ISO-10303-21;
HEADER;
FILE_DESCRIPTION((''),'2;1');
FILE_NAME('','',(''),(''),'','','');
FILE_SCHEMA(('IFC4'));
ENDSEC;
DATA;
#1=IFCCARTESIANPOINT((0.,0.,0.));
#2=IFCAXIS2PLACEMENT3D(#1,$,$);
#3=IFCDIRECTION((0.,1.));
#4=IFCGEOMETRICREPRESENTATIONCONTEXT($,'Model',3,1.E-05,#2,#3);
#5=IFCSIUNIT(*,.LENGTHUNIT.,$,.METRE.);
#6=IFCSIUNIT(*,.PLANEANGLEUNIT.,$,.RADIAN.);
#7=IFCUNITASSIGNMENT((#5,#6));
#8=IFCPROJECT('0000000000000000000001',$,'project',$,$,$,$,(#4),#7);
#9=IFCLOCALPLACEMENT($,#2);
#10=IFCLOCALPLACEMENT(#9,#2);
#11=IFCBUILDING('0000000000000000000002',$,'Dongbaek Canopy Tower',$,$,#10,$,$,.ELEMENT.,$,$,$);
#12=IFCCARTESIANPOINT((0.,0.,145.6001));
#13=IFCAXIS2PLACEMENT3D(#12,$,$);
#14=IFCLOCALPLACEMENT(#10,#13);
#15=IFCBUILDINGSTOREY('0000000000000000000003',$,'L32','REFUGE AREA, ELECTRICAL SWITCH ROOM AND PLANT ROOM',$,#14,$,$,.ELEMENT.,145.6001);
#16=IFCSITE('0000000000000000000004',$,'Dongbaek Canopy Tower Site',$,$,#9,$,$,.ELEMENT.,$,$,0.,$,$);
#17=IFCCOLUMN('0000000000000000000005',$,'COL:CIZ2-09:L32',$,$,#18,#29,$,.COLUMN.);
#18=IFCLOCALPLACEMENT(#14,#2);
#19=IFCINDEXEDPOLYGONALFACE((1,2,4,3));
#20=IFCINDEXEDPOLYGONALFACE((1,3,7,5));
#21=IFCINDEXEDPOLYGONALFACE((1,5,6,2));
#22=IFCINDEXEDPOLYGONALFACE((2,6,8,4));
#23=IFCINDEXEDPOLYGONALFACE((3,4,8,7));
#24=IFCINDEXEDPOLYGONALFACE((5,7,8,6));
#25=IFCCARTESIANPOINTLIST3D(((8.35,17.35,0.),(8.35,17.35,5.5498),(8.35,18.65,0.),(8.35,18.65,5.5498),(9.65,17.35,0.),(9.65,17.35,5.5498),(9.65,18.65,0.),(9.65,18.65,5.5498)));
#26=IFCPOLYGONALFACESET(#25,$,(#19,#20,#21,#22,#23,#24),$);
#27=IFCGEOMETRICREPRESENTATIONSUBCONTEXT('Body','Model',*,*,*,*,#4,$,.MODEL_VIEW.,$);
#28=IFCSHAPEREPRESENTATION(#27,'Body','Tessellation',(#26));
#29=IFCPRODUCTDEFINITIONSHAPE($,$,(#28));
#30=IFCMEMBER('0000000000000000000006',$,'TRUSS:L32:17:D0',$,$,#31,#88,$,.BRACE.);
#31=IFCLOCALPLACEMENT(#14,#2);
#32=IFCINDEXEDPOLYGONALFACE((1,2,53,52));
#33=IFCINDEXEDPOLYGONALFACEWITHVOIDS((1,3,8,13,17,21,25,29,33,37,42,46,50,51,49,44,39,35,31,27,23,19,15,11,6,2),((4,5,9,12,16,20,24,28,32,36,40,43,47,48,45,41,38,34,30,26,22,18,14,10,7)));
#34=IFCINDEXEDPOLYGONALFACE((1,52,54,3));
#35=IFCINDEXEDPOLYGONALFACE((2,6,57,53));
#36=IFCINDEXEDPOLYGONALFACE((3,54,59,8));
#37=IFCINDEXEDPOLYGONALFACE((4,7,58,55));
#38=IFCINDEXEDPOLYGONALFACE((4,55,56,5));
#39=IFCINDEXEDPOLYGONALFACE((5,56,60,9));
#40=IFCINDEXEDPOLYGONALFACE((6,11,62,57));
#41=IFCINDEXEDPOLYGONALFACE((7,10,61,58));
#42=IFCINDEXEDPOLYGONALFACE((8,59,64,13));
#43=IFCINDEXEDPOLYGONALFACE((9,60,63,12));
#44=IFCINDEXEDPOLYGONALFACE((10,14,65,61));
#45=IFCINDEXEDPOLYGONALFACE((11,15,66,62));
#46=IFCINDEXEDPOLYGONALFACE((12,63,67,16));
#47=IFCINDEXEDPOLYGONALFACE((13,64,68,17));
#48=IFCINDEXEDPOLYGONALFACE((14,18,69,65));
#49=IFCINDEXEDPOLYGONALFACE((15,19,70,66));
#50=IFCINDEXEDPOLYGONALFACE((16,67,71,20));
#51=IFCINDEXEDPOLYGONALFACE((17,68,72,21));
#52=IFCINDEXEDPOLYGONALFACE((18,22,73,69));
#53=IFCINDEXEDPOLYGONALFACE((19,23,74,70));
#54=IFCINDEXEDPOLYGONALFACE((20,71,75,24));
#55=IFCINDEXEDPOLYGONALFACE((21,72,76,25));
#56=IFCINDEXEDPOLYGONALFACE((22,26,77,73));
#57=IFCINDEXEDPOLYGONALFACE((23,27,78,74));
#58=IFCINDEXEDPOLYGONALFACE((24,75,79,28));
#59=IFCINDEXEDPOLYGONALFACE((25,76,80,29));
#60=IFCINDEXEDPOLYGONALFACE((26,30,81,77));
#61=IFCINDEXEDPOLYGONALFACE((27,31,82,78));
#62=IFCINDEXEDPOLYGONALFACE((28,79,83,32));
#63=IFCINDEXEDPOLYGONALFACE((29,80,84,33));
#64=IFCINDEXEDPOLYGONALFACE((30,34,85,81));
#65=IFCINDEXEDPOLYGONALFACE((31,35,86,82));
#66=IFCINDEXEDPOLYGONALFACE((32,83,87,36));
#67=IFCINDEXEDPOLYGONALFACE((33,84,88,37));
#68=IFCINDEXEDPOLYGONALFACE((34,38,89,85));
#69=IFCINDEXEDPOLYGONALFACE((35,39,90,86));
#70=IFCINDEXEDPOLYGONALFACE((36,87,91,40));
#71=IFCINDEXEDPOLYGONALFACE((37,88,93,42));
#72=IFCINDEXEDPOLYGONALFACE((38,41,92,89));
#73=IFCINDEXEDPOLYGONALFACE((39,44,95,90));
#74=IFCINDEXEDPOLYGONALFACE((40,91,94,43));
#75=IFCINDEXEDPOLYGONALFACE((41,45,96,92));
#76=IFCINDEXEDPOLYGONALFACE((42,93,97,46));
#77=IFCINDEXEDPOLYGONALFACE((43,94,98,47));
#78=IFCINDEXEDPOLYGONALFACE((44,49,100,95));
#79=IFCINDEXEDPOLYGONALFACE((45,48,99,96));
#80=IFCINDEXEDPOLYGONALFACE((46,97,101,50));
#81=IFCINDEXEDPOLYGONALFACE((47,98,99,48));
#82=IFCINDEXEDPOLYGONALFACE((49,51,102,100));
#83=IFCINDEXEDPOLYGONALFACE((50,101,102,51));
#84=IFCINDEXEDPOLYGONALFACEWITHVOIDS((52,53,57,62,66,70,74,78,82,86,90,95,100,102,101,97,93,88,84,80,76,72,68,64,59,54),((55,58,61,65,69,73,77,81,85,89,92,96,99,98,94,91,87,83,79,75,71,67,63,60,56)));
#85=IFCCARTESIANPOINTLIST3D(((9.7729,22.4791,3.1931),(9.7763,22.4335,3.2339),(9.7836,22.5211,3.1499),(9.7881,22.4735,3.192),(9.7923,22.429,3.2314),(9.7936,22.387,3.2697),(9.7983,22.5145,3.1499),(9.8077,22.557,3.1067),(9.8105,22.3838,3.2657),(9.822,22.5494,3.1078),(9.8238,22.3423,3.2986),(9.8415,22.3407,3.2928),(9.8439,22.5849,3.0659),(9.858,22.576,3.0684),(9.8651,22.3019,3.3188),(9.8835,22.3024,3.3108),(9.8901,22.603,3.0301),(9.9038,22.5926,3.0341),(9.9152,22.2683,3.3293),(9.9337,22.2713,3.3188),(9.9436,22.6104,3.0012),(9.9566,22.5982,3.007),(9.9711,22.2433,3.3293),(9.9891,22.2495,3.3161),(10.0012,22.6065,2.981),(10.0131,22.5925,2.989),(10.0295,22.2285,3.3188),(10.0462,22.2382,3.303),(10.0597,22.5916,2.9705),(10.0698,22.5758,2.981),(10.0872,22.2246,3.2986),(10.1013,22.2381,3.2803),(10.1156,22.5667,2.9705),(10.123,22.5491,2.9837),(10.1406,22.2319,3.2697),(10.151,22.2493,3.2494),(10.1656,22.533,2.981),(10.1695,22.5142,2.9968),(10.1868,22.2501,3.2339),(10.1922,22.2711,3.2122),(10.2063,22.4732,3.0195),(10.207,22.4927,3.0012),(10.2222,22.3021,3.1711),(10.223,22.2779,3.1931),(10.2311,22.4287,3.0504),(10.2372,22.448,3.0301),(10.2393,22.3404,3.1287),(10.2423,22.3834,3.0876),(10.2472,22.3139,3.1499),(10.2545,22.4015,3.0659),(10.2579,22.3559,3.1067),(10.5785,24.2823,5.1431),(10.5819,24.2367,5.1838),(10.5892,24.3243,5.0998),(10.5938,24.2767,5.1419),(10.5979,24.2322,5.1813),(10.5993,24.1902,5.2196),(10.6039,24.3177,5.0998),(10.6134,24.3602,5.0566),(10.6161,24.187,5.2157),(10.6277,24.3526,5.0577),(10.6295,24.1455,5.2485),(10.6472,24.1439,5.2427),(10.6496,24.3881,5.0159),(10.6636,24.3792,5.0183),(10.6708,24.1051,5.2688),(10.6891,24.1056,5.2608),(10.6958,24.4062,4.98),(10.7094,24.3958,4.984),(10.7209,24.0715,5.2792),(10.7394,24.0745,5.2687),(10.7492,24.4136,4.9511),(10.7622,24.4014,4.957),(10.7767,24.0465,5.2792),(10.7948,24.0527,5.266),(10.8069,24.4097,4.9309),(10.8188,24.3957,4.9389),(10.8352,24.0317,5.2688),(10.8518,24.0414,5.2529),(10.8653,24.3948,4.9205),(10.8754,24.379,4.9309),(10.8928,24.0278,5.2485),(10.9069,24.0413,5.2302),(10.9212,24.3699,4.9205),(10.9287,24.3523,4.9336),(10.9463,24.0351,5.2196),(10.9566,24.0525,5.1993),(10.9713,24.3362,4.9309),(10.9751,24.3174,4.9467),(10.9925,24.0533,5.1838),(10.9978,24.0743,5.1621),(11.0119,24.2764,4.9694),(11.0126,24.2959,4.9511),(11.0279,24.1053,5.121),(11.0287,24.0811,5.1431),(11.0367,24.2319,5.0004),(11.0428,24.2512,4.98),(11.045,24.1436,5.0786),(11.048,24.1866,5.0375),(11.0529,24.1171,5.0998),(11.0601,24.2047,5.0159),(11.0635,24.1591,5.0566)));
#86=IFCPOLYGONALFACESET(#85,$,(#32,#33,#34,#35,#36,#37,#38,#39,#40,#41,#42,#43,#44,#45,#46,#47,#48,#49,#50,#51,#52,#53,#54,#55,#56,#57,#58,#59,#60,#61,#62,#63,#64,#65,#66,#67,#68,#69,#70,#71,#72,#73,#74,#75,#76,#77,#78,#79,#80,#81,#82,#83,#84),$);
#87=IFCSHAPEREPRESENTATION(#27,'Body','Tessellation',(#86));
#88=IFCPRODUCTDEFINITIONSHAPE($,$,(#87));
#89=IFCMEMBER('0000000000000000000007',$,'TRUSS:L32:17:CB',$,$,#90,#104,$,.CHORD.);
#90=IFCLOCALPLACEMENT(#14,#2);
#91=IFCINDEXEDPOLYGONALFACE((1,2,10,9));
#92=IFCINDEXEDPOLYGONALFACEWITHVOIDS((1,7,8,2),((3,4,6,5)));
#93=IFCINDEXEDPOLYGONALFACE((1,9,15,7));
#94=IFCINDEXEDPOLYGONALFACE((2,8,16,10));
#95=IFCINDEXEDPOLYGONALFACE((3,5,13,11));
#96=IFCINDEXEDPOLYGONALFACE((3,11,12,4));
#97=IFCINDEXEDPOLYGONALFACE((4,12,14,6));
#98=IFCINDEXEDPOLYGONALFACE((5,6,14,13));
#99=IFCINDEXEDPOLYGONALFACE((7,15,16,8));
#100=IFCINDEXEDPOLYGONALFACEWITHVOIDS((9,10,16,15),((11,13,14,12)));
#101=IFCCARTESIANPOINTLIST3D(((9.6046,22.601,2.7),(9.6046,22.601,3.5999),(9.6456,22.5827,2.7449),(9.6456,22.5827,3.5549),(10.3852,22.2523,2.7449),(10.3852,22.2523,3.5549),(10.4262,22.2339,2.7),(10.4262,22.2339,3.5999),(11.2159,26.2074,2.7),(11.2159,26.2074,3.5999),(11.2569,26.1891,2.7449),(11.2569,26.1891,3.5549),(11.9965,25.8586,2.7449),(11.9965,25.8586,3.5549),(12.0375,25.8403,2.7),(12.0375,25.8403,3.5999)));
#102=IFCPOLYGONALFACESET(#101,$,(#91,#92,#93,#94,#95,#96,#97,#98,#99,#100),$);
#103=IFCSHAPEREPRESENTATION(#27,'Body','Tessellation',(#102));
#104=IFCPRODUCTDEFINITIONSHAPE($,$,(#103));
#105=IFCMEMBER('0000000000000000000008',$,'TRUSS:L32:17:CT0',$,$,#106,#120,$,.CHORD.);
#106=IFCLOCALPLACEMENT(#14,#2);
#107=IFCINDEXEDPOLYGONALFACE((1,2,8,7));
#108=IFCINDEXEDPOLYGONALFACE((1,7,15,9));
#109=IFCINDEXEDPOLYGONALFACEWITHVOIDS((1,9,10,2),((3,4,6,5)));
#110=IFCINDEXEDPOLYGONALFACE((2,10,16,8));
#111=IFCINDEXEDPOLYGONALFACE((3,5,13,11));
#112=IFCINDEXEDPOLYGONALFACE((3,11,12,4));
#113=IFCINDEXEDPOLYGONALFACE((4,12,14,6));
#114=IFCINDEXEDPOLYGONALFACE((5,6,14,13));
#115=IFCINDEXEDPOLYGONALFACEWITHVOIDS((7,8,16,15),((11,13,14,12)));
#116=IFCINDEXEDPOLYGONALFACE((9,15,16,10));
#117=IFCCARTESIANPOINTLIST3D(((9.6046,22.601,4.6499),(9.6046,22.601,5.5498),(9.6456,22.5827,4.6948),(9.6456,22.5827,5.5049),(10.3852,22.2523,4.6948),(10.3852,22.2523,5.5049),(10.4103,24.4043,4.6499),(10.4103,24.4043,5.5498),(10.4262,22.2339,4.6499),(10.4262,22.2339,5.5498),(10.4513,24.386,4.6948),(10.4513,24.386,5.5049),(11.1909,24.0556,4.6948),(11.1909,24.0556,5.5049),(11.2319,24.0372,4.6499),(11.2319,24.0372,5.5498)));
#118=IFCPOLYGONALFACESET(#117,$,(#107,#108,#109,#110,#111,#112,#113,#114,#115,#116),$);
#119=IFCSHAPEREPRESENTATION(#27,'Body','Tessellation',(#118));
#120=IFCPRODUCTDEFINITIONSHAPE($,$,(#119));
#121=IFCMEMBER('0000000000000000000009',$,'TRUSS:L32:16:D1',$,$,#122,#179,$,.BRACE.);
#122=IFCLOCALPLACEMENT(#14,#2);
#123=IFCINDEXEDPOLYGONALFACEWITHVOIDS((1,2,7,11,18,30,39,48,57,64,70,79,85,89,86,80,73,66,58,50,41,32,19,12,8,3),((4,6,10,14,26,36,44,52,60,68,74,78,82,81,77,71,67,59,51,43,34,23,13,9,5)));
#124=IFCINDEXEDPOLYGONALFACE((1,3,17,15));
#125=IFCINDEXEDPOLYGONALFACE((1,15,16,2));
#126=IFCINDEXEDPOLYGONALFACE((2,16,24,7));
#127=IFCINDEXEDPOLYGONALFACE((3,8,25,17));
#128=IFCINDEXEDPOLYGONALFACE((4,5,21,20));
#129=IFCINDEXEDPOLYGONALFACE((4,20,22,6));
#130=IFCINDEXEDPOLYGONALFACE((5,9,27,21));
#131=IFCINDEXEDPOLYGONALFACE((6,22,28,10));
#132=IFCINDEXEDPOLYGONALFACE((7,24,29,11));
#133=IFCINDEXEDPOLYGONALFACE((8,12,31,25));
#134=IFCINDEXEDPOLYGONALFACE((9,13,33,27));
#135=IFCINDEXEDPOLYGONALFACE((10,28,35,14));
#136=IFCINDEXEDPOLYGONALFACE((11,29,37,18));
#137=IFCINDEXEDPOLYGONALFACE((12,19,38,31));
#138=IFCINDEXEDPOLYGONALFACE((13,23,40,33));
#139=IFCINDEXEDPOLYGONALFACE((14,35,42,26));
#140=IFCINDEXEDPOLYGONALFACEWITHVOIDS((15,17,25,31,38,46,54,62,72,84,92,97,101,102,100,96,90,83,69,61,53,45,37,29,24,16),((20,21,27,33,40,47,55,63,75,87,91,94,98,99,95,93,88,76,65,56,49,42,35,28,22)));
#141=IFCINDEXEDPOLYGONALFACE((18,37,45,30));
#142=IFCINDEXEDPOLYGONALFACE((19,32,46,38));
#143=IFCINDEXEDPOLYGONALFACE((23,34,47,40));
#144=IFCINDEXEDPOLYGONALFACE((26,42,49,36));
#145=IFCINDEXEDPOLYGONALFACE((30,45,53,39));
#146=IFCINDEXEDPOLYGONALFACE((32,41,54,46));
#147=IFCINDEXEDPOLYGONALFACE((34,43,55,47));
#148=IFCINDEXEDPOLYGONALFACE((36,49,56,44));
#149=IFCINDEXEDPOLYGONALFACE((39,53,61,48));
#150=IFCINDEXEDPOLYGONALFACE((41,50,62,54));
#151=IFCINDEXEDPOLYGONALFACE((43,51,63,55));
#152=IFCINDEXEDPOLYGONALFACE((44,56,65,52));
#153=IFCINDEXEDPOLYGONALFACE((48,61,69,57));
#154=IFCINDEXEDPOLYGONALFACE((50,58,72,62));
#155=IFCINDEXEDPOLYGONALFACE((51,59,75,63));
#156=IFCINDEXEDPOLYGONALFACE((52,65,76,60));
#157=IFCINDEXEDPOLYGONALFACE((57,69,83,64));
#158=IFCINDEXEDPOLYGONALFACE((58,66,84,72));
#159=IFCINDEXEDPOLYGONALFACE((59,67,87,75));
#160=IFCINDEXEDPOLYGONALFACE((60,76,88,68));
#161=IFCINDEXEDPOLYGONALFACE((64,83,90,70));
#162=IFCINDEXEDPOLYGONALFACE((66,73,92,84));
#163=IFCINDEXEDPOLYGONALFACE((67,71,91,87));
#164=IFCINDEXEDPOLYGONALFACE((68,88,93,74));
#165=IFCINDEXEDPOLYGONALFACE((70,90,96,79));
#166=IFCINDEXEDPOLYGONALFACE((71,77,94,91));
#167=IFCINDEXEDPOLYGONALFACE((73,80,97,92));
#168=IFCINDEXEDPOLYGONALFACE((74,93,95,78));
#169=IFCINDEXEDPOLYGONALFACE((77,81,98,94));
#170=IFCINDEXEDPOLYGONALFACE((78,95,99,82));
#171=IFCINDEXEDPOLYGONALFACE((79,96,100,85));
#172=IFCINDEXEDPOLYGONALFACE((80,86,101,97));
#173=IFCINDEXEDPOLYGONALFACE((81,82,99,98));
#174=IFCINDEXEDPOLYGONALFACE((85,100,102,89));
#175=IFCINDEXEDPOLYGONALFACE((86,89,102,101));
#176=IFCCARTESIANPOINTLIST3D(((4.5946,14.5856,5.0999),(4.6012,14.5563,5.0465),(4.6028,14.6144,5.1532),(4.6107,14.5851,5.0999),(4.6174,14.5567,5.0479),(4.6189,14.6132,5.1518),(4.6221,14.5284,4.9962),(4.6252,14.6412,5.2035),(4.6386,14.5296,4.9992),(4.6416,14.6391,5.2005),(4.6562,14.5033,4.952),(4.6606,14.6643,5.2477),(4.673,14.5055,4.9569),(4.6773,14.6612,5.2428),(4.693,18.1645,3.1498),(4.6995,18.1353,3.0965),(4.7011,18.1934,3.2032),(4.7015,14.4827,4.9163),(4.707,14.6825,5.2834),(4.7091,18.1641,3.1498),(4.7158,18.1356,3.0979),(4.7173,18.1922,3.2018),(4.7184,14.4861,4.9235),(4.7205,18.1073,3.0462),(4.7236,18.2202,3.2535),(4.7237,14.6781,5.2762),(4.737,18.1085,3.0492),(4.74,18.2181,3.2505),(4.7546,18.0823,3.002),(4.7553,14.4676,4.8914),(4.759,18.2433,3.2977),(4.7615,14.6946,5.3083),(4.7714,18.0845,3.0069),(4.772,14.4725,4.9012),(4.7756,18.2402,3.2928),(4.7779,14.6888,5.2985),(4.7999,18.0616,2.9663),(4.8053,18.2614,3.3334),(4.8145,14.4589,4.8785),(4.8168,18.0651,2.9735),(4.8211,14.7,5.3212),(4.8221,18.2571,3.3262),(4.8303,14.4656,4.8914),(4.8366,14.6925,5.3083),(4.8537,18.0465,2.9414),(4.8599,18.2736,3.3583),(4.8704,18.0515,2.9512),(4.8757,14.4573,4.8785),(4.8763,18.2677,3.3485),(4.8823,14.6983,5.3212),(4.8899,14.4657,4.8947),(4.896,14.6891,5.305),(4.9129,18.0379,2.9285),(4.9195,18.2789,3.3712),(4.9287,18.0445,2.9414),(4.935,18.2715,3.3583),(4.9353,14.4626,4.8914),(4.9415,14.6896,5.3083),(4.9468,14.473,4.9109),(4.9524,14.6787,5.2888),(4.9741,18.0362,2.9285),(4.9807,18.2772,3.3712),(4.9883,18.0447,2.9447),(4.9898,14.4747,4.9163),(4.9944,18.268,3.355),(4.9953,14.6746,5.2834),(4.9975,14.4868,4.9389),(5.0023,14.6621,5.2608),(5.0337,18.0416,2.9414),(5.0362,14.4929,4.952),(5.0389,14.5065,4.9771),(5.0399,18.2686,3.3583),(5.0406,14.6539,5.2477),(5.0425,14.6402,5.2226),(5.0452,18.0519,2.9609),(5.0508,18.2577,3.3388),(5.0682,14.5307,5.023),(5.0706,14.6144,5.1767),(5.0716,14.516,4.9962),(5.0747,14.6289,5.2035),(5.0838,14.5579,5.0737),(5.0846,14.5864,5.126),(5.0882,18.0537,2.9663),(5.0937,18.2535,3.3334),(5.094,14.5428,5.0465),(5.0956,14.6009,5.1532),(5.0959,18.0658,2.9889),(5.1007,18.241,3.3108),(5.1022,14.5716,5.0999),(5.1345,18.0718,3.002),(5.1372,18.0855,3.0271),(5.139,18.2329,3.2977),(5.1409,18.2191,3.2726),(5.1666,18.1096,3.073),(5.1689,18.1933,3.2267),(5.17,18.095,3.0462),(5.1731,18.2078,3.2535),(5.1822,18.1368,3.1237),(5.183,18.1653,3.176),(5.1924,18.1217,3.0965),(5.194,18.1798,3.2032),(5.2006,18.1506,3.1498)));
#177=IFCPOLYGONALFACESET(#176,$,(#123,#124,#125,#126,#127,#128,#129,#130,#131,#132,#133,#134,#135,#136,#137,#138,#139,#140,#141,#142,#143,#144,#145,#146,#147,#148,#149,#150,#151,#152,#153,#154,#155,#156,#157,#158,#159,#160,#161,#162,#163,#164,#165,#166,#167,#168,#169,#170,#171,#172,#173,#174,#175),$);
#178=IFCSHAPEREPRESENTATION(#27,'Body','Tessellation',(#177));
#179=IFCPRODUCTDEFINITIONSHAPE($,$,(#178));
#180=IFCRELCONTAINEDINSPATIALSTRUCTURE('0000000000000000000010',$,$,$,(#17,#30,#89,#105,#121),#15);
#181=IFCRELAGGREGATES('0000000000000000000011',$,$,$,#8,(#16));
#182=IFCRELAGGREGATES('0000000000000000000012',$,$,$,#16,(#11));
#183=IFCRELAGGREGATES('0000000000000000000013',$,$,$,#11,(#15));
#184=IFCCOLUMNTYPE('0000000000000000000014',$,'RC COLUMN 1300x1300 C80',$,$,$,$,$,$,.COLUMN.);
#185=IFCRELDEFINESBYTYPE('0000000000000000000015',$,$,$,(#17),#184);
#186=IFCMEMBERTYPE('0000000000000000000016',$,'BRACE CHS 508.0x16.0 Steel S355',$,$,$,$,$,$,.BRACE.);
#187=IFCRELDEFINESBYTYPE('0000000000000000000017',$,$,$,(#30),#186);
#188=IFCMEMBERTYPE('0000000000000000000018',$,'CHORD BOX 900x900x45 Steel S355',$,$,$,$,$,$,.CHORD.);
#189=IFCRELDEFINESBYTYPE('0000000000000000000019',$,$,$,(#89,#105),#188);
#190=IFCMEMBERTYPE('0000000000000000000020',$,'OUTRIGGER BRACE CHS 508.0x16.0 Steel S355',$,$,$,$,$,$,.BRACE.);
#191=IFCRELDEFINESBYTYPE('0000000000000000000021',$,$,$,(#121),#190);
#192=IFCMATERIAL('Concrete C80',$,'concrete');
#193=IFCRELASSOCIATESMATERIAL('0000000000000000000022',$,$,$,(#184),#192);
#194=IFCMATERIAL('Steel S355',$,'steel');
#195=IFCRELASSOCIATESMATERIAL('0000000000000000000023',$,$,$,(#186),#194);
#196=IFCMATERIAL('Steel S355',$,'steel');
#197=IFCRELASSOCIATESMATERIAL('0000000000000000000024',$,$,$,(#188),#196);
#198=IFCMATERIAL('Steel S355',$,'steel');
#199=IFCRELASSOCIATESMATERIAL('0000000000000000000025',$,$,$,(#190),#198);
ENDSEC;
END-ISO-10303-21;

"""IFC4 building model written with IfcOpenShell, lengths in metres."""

from ifc_helpers import new_model, si_unit, direction, frame, origin, origin_2d, place, context, subcontext, project, spatial, rectangle, hollow_rectangle, hollow_circle, extrude, material, material_profile, profile_set, type_object, element, save


model = new_model("IFC4")

# Units and contexts
model_context = context("Model", 3, precision=1e-05, world=origin(), true_north=direction((0.0, 1.0)))
body_context = subcontext(model_context, "Body", "Model", "MODEL_VIEW")
ifc_project = project(units=[si_unit("LENGTHUNIT", "METRE"), si_unit("PLANEANGLEUNIT", "RADIAN")], contexts=[model_context])

# Site, building, storey
site_placement = place(None, origin())
site = spatial("IfcSite", under=ifc_project, at=site_placement, Name="Dongbaek Canopy Tower Site", CompositionType="ELEMENT", RefElevation=0.0)
building_placement = place(site_placement, origin())
building = spatial("IfcBuilding", under=site, at=building_placement, Name="Dongbaek Canopy Tower", CompositionType="ELEMENT")
storey_placement = place(building_placement, frame((0.0, 0.0, 145.6001)))
storey = spatial("IfcBuildingStorey", under=building, at=storey_placement, Name="L32", Description="REFUGE AREA, ELECTRICAL SWITCH ROOM AND PLANT ROOM", CompositionType="ELEMENT", Elevation=145.6001)

# Column
ifc_material_1 = material(Name="Concrete C80", Category="concrete")
ifc_material_profile_1 = material_profile(ifc_material_1, rectangle(XDim=1.3, YDim=1.3, at=origin_2d()), Name="RC COLUMN 1300x1300 C80")
ifc_profile_set_1 = profile_set([ifc_material_profile_1], Name="Concrete C80")
column_type = type_object("IfcColumnType", Name="RC COLUMN 1300x1300 C80", PredefinedType="COLUMN", material=ifc_profile_set_1)
column_placement = place(storey_placement, frame((9.0, 18.0, 0.0), z_axis=(0.0, 0.0, 1.0), x_axis=(1.0, 0.0, 0.0)))
element("IfcColumn", 1, at=column_placement, inside=storey, type_object=column_type, Name="COL:CIZ2-09:L32", PredefinedType="COLUMN", context=body_context, shape_type="SweptSolid", body=[
    extrude(rectangle(XDim=1.3, YDim=1.3, at=origin_2d()), origin(), (0.0, 0.0, 1.0), 5.5498),
])

# Members
ifc_material_2 = material(Name="Steel S355", Category="steel")
ifc_material_profile_2 = material_profile(ifc_material_2, hollow_circle(Radius=0.2539, WallThickness=0.0161, at=origin_2d()), Name="BRACE CHS 508.0x16.0 Steel S355")
ifc_profile_set_2 = profile_set([ifc_material_profile_2], Name="Steel S355")
member_type_1 = type_object("IfcMemberType", Name="BRACE CHS 508.0x16.0 Steel S355", PredefinedType="BRACE", material=ifc_profile_set_2)
member_1_placement = place(storey_placement, frame((10.0154, 22.4175, 3.1499), z_axis=(0.290284, 0.649709, 0.702576), x_axis=(-0.913015, 0.407927, 0.0)))
element("IfcMember", 2, at=member_1_placement, inside=storey, type_object=member_type_1, Name="TRUSS:L32:17:D0", PredefinedType="BRACE", context=body_context, shape_type="SweptSolid", body=[
    extrude(hollow_circle(Radius=0.2539, WallThickness=0.0161, at=origin_2d()), origin(), (0.0, 0.0, 1.0), 2.7754),
])
ifc_material_3 = material(Name="Steel S355", Category="steel")
ifc_material_profile_3 = material_profile(ifc_material_3, hollow_rectangle(XDim=0.8999, YDim=0.8999, WallThickness=0.0449, at=origin_2d()), Name="CHORD BOX 900x900x45 Steel S355")
ifc_profile_set_3 = profile_set([ifc_material_profile_3], Name="Steel S355")
member_type_2 = type_object("IfcMemberType", Name="CHORD BOX 900x900x45 Steel S355", PredefinedType="CHORD", material=ifc_profile_set_3)
member_2_placement = place(storey_placement, frame((10.0154, 22.4175, 3.1499), z_axis=(0.407927, 0.913015, 0.0), x_axis=(-0.913015, 0.407927, 0.0)))
element("IfcMember", 3, at=member_2_placement, inside=storey, type_object=member_type_2, Name="TRUSS:L32:17:CB", PredefinedType="CHORD", context=body_context, shape_type="SweptSolid", body=[
    extrude(hollow_rectangle(XDim=0.8999, YDim=0.8999, WallThickness=0.0449, at=origin_2d()), origin(), (0.0, 0.0, 1.0), 3.95),
])
member_3_placement = place(storey_placement, frame((10.0154, 22.4175, 5.0999), z_axis=(0.407927, 0.913015, 0.0), x_axis=(-0.913015, 0.407927, 0.0)))
element("IfcMember", 4, at=member_3_placement, inside=storey, type_object=member_type_2, Name="TRUSS:L32:17:CT0", PredefinedType="CHORD", context=body_context, shape_type="SweptSolid", body=[
    extrude(hollow_rectangle(XDim=0.8999, YDim=0.8999, WallThickness=0.0449, at=origin_2d()), origin(), (0.0, 0.0, 1.0), 1.9751),
])
ifc_material_4 = material(Name="Steel S355", Category="steel")
ifc_material_profile_4 = material_profile(ifc_material_4, hollow_circle(Radius=0.2539, WallThickness=0.0161, at=origin_2d()), Name="OUTRIGGER BRACE CHS 508.0x16.0 Steel S355")
ifc_profile_set_4 = profile_set([ifc_material_profile_4], Name="Steel S355")
member_type_3 = type_object("IfcMemberType", Name="OUTRIGGER BRACE CHS 508.0x16.0 Steel S355", PredefinedType="BRACE", material=ifc_profile_set_4)
member_4_placement = place(storey_placement, frame((4.8484, 14.5786, 5.0999), z_axis=(0.024134, 0.877862, -0.478306), x_axis=(-0.999622, 0.027481, 0.0)))
element("IfcMember", 5, at=member_4_placement, inside=storey, type_object=member_type_3, Name="TRUSS:L32:16:D1", PredefinedType="BRACE", context=body_context, shape_type="SweptSolid", body=[
    extrude(hollow_circle(Radius=0.2539, WallThickness=0.0161, at=origin_2d()), origin(), (0.0, 0.0, 1.0), 4.0769),
])

save(model, "model.ifc")
